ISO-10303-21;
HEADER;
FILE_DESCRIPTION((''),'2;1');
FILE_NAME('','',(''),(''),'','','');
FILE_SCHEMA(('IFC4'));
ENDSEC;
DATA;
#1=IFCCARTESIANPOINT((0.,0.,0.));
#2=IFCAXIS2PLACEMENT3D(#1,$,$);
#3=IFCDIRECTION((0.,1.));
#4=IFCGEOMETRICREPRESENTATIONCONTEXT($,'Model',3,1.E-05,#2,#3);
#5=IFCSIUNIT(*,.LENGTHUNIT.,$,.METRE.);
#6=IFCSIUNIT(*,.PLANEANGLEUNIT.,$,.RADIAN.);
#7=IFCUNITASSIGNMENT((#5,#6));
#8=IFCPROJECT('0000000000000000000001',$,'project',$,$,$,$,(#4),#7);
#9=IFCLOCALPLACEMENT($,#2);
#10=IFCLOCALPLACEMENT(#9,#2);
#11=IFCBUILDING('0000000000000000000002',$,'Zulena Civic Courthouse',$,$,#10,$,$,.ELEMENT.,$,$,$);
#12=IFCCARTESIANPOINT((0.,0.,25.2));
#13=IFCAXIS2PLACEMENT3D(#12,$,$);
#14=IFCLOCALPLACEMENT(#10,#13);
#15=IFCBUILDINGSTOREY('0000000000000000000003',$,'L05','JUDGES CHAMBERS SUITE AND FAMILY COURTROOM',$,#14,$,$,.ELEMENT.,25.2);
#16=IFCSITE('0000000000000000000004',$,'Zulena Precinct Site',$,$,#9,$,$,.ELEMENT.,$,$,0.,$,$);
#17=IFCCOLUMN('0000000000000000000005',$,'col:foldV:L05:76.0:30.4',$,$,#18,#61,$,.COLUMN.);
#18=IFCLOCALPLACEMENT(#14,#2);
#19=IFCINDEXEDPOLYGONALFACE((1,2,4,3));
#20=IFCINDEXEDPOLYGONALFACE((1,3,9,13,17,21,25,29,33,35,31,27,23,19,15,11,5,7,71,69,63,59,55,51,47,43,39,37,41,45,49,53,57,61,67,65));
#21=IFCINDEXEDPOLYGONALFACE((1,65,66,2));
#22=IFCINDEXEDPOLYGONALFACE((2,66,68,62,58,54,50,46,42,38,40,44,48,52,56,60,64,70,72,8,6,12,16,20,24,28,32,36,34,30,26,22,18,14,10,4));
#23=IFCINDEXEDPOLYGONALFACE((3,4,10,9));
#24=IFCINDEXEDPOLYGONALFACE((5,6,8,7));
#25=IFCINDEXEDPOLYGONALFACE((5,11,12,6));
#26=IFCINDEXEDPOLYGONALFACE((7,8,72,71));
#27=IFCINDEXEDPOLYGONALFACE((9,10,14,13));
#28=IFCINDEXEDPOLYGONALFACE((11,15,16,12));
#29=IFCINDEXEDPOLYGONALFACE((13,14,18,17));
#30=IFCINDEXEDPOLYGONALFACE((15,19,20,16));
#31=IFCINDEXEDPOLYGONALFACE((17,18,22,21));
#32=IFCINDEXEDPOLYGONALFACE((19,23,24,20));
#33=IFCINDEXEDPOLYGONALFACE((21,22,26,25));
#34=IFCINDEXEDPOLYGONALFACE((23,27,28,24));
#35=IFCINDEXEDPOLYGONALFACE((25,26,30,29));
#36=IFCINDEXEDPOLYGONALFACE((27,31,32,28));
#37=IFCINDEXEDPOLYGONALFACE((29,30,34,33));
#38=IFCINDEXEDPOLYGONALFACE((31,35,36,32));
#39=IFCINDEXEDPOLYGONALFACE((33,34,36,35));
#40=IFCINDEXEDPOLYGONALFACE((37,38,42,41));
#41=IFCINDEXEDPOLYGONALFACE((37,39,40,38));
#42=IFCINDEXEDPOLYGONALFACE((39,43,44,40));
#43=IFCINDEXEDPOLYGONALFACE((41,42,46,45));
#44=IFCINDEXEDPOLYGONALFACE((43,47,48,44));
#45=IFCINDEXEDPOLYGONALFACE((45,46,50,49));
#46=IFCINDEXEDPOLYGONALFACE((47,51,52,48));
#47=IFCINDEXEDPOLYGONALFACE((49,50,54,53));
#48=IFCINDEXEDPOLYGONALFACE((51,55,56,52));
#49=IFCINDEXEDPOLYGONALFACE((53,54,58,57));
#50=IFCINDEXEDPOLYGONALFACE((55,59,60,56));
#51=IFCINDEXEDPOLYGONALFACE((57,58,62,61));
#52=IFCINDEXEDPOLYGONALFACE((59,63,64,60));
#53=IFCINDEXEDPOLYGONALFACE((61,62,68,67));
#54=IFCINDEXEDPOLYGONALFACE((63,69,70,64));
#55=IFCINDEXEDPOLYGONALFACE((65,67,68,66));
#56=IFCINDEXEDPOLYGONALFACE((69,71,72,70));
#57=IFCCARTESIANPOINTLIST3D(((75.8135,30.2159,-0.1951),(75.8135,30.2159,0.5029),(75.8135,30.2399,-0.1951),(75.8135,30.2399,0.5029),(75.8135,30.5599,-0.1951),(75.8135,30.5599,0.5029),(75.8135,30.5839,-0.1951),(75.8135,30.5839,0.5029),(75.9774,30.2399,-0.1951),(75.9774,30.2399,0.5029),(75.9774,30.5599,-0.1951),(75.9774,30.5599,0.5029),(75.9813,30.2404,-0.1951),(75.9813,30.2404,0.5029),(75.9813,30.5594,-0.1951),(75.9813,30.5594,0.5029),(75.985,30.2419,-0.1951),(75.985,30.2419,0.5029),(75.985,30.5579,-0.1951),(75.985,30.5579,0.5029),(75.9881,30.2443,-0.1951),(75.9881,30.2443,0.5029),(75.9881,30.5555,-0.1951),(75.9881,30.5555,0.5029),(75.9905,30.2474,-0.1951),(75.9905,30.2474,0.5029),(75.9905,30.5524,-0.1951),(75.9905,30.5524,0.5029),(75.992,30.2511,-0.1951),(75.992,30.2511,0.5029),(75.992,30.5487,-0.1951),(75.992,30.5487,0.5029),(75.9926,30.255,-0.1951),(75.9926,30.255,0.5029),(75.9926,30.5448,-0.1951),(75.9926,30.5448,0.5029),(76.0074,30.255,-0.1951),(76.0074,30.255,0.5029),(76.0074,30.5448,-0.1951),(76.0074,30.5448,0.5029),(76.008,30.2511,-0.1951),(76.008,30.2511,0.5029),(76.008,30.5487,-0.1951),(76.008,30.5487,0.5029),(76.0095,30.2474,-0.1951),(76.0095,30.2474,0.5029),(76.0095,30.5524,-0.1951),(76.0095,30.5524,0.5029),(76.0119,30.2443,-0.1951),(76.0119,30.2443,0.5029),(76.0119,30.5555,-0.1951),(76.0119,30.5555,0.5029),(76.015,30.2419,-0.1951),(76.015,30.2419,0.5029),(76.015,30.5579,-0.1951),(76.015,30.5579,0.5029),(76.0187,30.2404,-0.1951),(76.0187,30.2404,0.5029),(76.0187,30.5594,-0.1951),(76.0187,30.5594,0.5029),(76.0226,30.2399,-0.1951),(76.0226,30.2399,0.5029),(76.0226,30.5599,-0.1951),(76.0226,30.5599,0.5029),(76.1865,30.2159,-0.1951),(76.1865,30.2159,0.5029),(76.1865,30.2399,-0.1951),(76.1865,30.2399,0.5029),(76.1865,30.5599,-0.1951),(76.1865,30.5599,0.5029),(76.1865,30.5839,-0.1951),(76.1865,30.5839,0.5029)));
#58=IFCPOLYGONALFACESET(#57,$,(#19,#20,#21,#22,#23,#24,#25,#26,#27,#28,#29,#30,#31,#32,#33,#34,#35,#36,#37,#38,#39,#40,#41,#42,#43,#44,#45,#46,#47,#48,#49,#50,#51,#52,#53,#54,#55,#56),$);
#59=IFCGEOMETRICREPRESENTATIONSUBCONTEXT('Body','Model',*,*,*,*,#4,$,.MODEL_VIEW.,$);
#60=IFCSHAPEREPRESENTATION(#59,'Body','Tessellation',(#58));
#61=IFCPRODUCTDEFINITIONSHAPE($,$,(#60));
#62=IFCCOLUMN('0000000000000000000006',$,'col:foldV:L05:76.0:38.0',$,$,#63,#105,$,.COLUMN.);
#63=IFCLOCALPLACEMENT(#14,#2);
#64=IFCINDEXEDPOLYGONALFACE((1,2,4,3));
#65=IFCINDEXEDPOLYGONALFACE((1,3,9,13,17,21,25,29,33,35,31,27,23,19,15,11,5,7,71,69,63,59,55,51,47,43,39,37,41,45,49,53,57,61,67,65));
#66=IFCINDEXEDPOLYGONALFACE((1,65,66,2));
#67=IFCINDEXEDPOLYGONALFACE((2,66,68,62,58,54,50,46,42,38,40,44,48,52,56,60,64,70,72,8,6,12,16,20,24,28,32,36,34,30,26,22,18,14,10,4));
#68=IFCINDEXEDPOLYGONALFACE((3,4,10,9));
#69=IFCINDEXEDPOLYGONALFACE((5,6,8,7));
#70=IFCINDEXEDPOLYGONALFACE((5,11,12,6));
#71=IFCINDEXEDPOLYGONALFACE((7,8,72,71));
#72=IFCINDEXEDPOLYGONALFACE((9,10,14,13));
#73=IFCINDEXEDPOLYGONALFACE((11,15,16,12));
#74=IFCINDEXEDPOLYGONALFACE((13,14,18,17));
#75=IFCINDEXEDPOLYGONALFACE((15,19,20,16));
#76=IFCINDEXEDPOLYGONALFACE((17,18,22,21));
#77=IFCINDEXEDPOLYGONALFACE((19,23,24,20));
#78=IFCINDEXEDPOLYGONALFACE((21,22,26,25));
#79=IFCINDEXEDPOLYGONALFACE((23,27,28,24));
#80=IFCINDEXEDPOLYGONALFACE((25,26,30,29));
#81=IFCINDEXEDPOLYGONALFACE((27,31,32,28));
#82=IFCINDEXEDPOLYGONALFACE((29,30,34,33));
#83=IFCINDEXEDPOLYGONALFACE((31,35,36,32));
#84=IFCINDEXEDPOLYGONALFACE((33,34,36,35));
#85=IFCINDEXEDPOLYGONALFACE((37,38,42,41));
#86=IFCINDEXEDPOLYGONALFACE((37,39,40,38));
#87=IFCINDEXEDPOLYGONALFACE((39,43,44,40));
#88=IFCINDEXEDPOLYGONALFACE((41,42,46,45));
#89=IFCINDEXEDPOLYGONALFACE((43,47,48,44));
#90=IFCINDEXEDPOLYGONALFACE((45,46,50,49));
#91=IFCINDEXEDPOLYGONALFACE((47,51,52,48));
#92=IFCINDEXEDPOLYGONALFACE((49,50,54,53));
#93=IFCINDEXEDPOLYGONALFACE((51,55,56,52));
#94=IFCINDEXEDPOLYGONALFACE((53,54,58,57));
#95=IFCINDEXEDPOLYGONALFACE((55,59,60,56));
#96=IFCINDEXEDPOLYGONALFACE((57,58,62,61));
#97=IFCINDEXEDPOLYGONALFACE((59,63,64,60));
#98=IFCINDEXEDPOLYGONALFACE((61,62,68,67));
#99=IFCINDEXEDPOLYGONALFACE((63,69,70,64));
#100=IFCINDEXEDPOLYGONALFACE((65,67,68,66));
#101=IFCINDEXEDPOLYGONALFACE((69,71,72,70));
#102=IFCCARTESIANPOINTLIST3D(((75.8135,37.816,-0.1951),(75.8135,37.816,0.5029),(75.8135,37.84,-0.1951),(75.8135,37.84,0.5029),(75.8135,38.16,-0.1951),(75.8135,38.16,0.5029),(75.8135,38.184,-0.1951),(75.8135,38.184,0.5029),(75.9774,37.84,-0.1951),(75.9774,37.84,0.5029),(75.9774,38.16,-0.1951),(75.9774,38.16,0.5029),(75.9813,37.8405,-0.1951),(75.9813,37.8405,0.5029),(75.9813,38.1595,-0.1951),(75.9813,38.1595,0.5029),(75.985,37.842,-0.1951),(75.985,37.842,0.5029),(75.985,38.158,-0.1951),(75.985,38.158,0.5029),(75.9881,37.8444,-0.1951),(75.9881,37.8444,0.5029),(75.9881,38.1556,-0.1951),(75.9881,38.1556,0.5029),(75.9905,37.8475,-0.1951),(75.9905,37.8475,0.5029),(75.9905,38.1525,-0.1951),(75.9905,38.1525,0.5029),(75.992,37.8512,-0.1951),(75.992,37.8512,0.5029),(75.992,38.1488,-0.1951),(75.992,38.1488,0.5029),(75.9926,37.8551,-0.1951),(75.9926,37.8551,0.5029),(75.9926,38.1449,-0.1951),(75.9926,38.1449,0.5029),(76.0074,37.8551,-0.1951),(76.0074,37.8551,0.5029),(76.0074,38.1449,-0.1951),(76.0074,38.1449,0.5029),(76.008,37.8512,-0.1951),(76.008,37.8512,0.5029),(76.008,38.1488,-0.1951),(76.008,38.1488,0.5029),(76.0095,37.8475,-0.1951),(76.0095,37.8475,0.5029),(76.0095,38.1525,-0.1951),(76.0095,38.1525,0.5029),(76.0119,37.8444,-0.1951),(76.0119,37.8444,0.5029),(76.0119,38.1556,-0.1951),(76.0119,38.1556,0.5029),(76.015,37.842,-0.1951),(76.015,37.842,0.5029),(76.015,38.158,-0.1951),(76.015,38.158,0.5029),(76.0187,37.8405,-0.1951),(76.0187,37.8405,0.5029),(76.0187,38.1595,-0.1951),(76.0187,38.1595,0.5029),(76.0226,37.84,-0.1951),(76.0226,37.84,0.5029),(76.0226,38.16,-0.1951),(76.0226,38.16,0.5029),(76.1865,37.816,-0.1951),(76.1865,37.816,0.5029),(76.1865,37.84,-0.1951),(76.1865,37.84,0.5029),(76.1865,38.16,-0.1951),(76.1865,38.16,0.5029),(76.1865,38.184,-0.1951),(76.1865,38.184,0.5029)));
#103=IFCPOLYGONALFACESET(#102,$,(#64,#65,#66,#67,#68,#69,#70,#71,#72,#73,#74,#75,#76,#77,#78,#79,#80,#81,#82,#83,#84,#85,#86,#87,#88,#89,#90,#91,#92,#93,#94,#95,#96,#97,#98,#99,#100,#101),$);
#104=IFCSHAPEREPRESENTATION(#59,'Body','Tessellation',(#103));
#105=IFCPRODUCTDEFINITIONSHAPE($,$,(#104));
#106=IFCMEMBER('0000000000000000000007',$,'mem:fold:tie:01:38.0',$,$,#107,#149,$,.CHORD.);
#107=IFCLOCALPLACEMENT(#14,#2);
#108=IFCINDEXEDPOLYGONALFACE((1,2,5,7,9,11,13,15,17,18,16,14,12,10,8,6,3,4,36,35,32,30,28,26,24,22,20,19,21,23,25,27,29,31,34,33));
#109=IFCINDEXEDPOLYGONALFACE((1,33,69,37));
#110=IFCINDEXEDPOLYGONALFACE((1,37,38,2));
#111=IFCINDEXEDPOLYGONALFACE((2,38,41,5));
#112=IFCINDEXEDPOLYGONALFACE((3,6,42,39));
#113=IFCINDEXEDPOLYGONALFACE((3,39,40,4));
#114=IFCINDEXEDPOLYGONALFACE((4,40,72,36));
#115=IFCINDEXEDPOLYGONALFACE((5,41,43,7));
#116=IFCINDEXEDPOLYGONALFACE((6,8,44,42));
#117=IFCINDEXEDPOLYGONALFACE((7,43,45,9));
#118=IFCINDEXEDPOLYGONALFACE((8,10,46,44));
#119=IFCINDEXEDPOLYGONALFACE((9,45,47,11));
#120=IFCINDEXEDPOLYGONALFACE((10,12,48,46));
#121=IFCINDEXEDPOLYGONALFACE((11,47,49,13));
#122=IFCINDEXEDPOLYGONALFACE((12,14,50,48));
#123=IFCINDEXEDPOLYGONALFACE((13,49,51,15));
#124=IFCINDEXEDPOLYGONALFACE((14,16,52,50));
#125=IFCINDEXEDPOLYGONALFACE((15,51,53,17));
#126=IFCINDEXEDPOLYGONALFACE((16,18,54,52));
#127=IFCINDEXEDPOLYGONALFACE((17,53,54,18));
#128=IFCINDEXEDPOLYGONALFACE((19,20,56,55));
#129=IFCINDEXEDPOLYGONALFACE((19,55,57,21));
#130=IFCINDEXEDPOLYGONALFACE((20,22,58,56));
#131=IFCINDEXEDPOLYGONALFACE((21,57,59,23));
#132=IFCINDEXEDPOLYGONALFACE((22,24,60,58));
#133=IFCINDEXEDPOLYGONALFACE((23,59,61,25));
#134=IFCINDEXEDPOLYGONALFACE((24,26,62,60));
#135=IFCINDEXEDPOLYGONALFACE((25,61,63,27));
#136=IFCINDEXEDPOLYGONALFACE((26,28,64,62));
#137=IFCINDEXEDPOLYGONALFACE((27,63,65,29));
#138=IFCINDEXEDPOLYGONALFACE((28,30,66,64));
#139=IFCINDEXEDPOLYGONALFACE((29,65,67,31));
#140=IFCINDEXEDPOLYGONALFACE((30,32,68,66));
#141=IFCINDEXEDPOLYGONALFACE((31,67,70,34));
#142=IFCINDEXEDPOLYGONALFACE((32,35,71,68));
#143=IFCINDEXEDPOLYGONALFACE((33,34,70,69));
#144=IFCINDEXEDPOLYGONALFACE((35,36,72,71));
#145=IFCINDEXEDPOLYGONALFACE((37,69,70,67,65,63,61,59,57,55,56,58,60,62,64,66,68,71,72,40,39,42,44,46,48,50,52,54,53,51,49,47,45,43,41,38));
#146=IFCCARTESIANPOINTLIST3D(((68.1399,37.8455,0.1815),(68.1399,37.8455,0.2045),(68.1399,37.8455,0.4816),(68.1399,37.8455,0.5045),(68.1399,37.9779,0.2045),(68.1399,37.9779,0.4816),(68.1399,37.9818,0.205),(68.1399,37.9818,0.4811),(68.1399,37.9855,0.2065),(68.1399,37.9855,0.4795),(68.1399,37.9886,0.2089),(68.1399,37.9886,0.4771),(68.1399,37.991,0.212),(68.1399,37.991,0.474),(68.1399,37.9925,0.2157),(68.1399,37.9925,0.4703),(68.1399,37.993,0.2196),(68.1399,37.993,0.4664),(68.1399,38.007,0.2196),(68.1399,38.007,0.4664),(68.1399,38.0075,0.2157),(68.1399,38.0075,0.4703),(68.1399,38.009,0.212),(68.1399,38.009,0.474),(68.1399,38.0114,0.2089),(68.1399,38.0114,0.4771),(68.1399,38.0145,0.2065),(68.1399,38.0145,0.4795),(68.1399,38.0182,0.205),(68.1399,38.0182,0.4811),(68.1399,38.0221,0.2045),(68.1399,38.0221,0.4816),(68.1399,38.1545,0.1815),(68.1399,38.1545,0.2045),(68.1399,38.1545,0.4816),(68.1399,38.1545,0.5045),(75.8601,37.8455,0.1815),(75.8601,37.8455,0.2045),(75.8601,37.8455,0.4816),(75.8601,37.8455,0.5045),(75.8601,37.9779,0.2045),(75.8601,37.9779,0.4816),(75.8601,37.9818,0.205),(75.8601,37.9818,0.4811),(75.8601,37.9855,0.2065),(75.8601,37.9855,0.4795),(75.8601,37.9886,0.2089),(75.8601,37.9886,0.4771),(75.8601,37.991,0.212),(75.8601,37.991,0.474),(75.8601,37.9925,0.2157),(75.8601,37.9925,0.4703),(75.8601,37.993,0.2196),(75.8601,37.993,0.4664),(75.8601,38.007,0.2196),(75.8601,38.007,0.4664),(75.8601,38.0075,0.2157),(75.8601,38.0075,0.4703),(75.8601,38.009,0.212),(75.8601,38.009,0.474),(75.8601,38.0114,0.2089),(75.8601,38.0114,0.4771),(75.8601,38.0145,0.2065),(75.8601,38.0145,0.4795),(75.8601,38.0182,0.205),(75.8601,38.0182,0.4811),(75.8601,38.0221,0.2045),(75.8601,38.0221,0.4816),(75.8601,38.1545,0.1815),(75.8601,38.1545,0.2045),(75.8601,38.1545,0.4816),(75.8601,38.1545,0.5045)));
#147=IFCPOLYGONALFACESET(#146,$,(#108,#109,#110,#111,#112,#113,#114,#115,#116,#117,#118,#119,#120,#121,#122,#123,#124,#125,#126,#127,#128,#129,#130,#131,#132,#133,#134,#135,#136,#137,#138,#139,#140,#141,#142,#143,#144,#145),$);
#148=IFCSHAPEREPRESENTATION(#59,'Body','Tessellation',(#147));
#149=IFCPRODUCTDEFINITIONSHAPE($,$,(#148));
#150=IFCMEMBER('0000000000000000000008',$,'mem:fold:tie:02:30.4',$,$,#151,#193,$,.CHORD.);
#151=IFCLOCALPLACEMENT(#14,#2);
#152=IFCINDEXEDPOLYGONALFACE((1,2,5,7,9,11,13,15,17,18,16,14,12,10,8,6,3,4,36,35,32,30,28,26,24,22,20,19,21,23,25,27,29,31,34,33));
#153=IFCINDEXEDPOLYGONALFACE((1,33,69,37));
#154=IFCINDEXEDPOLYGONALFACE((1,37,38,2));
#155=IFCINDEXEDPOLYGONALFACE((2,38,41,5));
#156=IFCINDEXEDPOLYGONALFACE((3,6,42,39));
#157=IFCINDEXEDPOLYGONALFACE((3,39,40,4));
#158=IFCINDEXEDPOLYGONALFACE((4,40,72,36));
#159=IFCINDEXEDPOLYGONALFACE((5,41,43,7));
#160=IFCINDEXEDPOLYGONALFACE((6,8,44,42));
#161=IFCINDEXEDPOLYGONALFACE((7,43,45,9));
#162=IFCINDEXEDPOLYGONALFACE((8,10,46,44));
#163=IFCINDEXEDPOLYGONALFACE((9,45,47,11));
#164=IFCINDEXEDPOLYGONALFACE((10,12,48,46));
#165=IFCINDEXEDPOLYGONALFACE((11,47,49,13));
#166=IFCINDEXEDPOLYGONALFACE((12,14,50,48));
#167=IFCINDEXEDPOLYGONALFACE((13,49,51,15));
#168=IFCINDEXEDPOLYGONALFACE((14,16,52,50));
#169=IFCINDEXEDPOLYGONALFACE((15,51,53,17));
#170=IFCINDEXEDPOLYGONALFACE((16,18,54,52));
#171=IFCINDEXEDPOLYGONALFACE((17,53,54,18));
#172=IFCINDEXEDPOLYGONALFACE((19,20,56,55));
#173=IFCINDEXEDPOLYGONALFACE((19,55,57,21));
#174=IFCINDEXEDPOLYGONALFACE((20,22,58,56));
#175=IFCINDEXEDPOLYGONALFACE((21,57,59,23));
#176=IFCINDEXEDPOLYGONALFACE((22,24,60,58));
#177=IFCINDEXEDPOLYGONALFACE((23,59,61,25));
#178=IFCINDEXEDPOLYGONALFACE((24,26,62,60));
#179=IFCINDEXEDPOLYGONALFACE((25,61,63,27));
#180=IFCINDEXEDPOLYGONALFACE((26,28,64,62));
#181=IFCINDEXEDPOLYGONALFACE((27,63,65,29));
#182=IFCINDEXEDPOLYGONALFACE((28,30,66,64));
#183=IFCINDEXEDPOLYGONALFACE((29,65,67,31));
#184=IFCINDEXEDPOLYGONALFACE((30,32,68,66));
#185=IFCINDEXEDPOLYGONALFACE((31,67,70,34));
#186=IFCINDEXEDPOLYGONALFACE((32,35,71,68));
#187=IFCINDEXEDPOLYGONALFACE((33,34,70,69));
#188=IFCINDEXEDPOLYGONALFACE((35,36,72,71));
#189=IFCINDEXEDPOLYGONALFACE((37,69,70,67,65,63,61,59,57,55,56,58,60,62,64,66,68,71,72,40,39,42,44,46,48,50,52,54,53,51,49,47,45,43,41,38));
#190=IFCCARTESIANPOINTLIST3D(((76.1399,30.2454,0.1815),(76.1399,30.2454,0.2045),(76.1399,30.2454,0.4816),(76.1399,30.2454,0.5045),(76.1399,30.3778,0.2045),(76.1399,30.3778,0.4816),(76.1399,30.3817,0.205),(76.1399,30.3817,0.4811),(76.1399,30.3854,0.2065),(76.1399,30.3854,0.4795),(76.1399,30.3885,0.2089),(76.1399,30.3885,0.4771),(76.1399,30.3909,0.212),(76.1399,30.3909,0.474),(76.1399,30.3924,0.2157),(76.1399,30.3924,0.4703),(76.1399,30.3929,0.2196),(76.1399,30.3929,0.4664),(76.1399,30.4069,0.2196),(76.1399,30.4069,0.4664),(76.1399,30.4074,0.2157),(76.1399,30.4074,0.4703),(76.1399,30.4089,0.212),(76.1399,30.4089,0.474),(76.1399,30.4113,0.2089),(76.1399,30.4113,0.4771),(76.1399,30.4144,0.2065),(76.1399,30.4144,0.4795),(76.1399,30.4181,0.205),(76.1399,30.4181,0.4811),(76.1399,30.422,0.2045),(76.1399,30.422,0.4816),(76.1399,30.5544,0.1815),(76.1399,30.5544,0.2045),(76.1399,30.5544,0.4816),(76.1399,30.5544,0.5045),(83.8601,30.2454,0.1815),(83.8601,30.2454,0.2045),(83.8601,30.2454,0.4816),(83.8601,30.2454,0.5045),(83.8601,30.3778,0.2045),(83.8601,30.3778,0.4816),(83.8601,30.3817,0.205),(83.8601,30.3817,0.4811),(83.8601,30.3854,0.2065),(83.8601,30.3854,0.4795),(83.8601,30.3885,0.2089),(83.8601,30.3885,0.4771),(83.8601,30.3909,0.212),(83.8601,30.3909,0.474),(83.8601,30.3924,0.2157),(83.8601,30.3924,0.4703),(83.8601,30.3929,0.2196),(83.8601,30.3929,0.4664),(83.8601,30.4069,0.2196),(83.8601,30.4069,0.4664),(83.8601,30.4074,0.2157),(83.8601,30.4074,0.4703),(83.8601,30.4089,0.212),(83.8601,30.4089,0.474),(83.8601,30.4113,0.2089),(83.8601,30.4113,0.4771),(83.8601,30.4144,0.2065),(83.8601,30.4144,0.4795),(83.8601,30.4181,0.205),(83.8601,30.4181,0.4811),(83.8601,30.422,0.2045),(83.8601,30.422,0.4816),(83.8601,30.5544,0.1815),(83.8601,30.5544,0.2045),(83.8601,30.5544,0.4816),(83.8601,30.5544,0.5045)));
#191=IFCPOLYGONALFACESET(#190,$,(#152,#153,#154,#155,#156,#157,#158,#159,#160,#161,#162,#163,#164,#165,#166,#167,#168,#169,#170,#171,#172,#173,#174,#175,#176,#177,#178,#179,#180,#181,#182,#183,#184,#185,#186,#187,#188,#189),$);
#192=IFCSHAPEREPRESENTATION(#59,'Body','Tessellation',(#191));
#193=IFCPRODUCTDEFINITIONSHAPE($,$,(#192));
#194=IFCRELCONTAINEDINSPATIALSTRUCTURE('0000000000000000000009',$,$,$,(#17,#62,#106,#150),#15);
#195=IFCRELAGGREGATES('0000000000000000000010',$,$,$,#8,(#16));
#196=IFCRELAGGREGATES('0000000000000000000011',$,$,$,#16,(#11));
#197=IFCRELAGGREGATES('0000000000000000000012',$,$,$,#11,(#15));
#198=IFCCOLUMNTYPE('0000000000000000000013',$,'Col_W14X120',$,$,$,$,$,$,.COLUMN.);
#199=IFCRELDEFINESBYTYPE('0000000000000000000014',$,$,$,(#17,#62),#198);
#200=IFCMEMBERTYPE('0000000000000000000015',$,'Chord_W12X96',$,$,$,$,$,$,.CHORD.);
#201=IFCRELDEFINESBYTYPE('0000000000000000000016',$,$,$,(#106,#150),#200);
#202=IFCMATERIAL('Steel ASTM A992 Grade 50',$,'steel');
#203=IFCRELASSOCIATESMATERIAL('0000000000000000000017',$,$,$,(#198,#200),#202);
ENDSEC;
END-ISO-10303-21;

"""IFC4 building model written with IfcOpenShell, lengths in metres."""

from ifc_helpers import new_model, si_unit, direction, frame, origin, origin_2d, place, context, subcontext, project, spatial, i_section, extrude, material, material_profile, profile_set, type_object, element, save


model = new_model("IFC4")

# Units and contexts
model_context = context("Model", 3, precision=1e-05, world=origin(), true_north=direction((0.0, 1.0)))
body_context = subcontext(model_context, "Body", "Model", "MODEL_VIEW")
ifc_project = project(units=[si_unit("LENGTHUNIT", "METRE"), si_unit("PLANEANGLEUNIT", "RADIAN")], contexts=[model_context])

# Site, building, storey
site_placement = place(None, origin())
site = spatial("IfcSite", under=ifc_project, at=site_placement, Name="Zulena Precinct Site", CompositionType="ELEMENT", RefElevation=0.0)
building_placement = place(site_placement, origin())
building = spatial("IfcBuilding", under=site, at=building_placement, Name="Zulena Civic Courthouse", CompositionType="ELEMENT")
storey_placement = place(building_placement, frame((0.0, 0.0, 25.2)))
storey = spatial("IfcBuildingStorey", under=building, at=storey_placement, Name="L05", Description="JUDGES CHAMBERS SUITE AND FAMILY COURTROOM", CompositionType="ELEMENT", Elevation=25.2)

# Columns
ifc_material_1 = material(Name="Steel ASTM A992 Grade 50", Category="steel")
ifc_material_profile_1 = material_profile(ifc_material_1, i_section(OverallWidth=0.373, OverallDepth=0.3679, WebThickness=0.0149, FlangeThickness=0.0239, FilletRadius=0.0151, at=origin_2d()), Name="W14X120")
ifc_profile_set_1 = profile_set([ifc_material_profile_1], Name="Steel ASTM A992 Grade 50")
column_type = type_object("IfcColumnType", Name="Col_W14X120", PredefinedType="COLUMN", material=ifc_profile_set_1)
for number, where, z_axis, x_axis, name in (
    (1, (76.0, 30.3999, -0.1951), (0.0, 0.0, 1.0), (1.0, 0.0, 0.0), "col:foldV:L05:76.0:30.4"),
    (2, (76.0, 38.0, -0.1951), (0.0, 0.0, 1.0), (1.0, 0.0, 0.0), "col:foldV:L05:76.0:38.0"),
):
    element("IfcColumn", number, at=place(storey_placement, frame(where, z_axis=z_axis, x_axis=x_axis)), inside=storey, type_object=column_type, Name=name, PredefinedType="COLUMN", context=body_context, shape_type="SweptSolid", body=[
        extrude(i_section(OverallWidth=0.373, OverallDepth=0.3679, WebThickness=0.0149, FlangeThickness=0.0239, FilletRadius=0.0151, at=origin_2d()), origin(), (0.0, 0.0, 1.0), 0.698),
    ])

# Members
ifc_material_profile_2 = material_profile(ifc_material_1, i_section(OverallWidth=0.3091, OverallDepth=0.323, WebThickness=0.0139, FlangeThickness=0.0229, FilletRadius=0.0151, at=origin_2d()), Name="W12X96")
ifc_profile_set_2 = profile_set([ifc_material_profile_2], Name="Steel ASTM A992 Grade 50")
member_type_1 = type_object("IfcMemberType", Name="Chord_W12X96", PredefinedType="CHORD", material=ifc_profile_set_2)
for number, where, z_axis, x_axis, name in (
    (3, (68.1399, 38.0, 0.343), (1.0, 0.0, 0.0), (0.0, 1.0, 0.0), "mem:fold:tie:01:38.0"),
    (4, (76.1399, 30.3999, 0.343), (1.0, 0.0, 0.0), (0.0, 1.0, 0.0), "mem:fold:tie:02:30.4"),
):
    element("IfcMember", number, at=place(storey_placement, frame(where, z_axis=z_axis, x_axis=x_axis)), inside=storey, type_object=member_type_1, Name=name, PredefinedType="CHORD", context=body_context, shape_type="SweptSolid", body=[
        extrude(i_section(OverallWidth=0.3091, OverallDepth=0.323, WebThickness=0.0139, FlangeThickness=0.0229, FilletRadius=0.0151, at=origin_2d()), origin(), (0.0, 0.0, 1.0), 7.7202),
    ])

save(model, "model.ifc")
